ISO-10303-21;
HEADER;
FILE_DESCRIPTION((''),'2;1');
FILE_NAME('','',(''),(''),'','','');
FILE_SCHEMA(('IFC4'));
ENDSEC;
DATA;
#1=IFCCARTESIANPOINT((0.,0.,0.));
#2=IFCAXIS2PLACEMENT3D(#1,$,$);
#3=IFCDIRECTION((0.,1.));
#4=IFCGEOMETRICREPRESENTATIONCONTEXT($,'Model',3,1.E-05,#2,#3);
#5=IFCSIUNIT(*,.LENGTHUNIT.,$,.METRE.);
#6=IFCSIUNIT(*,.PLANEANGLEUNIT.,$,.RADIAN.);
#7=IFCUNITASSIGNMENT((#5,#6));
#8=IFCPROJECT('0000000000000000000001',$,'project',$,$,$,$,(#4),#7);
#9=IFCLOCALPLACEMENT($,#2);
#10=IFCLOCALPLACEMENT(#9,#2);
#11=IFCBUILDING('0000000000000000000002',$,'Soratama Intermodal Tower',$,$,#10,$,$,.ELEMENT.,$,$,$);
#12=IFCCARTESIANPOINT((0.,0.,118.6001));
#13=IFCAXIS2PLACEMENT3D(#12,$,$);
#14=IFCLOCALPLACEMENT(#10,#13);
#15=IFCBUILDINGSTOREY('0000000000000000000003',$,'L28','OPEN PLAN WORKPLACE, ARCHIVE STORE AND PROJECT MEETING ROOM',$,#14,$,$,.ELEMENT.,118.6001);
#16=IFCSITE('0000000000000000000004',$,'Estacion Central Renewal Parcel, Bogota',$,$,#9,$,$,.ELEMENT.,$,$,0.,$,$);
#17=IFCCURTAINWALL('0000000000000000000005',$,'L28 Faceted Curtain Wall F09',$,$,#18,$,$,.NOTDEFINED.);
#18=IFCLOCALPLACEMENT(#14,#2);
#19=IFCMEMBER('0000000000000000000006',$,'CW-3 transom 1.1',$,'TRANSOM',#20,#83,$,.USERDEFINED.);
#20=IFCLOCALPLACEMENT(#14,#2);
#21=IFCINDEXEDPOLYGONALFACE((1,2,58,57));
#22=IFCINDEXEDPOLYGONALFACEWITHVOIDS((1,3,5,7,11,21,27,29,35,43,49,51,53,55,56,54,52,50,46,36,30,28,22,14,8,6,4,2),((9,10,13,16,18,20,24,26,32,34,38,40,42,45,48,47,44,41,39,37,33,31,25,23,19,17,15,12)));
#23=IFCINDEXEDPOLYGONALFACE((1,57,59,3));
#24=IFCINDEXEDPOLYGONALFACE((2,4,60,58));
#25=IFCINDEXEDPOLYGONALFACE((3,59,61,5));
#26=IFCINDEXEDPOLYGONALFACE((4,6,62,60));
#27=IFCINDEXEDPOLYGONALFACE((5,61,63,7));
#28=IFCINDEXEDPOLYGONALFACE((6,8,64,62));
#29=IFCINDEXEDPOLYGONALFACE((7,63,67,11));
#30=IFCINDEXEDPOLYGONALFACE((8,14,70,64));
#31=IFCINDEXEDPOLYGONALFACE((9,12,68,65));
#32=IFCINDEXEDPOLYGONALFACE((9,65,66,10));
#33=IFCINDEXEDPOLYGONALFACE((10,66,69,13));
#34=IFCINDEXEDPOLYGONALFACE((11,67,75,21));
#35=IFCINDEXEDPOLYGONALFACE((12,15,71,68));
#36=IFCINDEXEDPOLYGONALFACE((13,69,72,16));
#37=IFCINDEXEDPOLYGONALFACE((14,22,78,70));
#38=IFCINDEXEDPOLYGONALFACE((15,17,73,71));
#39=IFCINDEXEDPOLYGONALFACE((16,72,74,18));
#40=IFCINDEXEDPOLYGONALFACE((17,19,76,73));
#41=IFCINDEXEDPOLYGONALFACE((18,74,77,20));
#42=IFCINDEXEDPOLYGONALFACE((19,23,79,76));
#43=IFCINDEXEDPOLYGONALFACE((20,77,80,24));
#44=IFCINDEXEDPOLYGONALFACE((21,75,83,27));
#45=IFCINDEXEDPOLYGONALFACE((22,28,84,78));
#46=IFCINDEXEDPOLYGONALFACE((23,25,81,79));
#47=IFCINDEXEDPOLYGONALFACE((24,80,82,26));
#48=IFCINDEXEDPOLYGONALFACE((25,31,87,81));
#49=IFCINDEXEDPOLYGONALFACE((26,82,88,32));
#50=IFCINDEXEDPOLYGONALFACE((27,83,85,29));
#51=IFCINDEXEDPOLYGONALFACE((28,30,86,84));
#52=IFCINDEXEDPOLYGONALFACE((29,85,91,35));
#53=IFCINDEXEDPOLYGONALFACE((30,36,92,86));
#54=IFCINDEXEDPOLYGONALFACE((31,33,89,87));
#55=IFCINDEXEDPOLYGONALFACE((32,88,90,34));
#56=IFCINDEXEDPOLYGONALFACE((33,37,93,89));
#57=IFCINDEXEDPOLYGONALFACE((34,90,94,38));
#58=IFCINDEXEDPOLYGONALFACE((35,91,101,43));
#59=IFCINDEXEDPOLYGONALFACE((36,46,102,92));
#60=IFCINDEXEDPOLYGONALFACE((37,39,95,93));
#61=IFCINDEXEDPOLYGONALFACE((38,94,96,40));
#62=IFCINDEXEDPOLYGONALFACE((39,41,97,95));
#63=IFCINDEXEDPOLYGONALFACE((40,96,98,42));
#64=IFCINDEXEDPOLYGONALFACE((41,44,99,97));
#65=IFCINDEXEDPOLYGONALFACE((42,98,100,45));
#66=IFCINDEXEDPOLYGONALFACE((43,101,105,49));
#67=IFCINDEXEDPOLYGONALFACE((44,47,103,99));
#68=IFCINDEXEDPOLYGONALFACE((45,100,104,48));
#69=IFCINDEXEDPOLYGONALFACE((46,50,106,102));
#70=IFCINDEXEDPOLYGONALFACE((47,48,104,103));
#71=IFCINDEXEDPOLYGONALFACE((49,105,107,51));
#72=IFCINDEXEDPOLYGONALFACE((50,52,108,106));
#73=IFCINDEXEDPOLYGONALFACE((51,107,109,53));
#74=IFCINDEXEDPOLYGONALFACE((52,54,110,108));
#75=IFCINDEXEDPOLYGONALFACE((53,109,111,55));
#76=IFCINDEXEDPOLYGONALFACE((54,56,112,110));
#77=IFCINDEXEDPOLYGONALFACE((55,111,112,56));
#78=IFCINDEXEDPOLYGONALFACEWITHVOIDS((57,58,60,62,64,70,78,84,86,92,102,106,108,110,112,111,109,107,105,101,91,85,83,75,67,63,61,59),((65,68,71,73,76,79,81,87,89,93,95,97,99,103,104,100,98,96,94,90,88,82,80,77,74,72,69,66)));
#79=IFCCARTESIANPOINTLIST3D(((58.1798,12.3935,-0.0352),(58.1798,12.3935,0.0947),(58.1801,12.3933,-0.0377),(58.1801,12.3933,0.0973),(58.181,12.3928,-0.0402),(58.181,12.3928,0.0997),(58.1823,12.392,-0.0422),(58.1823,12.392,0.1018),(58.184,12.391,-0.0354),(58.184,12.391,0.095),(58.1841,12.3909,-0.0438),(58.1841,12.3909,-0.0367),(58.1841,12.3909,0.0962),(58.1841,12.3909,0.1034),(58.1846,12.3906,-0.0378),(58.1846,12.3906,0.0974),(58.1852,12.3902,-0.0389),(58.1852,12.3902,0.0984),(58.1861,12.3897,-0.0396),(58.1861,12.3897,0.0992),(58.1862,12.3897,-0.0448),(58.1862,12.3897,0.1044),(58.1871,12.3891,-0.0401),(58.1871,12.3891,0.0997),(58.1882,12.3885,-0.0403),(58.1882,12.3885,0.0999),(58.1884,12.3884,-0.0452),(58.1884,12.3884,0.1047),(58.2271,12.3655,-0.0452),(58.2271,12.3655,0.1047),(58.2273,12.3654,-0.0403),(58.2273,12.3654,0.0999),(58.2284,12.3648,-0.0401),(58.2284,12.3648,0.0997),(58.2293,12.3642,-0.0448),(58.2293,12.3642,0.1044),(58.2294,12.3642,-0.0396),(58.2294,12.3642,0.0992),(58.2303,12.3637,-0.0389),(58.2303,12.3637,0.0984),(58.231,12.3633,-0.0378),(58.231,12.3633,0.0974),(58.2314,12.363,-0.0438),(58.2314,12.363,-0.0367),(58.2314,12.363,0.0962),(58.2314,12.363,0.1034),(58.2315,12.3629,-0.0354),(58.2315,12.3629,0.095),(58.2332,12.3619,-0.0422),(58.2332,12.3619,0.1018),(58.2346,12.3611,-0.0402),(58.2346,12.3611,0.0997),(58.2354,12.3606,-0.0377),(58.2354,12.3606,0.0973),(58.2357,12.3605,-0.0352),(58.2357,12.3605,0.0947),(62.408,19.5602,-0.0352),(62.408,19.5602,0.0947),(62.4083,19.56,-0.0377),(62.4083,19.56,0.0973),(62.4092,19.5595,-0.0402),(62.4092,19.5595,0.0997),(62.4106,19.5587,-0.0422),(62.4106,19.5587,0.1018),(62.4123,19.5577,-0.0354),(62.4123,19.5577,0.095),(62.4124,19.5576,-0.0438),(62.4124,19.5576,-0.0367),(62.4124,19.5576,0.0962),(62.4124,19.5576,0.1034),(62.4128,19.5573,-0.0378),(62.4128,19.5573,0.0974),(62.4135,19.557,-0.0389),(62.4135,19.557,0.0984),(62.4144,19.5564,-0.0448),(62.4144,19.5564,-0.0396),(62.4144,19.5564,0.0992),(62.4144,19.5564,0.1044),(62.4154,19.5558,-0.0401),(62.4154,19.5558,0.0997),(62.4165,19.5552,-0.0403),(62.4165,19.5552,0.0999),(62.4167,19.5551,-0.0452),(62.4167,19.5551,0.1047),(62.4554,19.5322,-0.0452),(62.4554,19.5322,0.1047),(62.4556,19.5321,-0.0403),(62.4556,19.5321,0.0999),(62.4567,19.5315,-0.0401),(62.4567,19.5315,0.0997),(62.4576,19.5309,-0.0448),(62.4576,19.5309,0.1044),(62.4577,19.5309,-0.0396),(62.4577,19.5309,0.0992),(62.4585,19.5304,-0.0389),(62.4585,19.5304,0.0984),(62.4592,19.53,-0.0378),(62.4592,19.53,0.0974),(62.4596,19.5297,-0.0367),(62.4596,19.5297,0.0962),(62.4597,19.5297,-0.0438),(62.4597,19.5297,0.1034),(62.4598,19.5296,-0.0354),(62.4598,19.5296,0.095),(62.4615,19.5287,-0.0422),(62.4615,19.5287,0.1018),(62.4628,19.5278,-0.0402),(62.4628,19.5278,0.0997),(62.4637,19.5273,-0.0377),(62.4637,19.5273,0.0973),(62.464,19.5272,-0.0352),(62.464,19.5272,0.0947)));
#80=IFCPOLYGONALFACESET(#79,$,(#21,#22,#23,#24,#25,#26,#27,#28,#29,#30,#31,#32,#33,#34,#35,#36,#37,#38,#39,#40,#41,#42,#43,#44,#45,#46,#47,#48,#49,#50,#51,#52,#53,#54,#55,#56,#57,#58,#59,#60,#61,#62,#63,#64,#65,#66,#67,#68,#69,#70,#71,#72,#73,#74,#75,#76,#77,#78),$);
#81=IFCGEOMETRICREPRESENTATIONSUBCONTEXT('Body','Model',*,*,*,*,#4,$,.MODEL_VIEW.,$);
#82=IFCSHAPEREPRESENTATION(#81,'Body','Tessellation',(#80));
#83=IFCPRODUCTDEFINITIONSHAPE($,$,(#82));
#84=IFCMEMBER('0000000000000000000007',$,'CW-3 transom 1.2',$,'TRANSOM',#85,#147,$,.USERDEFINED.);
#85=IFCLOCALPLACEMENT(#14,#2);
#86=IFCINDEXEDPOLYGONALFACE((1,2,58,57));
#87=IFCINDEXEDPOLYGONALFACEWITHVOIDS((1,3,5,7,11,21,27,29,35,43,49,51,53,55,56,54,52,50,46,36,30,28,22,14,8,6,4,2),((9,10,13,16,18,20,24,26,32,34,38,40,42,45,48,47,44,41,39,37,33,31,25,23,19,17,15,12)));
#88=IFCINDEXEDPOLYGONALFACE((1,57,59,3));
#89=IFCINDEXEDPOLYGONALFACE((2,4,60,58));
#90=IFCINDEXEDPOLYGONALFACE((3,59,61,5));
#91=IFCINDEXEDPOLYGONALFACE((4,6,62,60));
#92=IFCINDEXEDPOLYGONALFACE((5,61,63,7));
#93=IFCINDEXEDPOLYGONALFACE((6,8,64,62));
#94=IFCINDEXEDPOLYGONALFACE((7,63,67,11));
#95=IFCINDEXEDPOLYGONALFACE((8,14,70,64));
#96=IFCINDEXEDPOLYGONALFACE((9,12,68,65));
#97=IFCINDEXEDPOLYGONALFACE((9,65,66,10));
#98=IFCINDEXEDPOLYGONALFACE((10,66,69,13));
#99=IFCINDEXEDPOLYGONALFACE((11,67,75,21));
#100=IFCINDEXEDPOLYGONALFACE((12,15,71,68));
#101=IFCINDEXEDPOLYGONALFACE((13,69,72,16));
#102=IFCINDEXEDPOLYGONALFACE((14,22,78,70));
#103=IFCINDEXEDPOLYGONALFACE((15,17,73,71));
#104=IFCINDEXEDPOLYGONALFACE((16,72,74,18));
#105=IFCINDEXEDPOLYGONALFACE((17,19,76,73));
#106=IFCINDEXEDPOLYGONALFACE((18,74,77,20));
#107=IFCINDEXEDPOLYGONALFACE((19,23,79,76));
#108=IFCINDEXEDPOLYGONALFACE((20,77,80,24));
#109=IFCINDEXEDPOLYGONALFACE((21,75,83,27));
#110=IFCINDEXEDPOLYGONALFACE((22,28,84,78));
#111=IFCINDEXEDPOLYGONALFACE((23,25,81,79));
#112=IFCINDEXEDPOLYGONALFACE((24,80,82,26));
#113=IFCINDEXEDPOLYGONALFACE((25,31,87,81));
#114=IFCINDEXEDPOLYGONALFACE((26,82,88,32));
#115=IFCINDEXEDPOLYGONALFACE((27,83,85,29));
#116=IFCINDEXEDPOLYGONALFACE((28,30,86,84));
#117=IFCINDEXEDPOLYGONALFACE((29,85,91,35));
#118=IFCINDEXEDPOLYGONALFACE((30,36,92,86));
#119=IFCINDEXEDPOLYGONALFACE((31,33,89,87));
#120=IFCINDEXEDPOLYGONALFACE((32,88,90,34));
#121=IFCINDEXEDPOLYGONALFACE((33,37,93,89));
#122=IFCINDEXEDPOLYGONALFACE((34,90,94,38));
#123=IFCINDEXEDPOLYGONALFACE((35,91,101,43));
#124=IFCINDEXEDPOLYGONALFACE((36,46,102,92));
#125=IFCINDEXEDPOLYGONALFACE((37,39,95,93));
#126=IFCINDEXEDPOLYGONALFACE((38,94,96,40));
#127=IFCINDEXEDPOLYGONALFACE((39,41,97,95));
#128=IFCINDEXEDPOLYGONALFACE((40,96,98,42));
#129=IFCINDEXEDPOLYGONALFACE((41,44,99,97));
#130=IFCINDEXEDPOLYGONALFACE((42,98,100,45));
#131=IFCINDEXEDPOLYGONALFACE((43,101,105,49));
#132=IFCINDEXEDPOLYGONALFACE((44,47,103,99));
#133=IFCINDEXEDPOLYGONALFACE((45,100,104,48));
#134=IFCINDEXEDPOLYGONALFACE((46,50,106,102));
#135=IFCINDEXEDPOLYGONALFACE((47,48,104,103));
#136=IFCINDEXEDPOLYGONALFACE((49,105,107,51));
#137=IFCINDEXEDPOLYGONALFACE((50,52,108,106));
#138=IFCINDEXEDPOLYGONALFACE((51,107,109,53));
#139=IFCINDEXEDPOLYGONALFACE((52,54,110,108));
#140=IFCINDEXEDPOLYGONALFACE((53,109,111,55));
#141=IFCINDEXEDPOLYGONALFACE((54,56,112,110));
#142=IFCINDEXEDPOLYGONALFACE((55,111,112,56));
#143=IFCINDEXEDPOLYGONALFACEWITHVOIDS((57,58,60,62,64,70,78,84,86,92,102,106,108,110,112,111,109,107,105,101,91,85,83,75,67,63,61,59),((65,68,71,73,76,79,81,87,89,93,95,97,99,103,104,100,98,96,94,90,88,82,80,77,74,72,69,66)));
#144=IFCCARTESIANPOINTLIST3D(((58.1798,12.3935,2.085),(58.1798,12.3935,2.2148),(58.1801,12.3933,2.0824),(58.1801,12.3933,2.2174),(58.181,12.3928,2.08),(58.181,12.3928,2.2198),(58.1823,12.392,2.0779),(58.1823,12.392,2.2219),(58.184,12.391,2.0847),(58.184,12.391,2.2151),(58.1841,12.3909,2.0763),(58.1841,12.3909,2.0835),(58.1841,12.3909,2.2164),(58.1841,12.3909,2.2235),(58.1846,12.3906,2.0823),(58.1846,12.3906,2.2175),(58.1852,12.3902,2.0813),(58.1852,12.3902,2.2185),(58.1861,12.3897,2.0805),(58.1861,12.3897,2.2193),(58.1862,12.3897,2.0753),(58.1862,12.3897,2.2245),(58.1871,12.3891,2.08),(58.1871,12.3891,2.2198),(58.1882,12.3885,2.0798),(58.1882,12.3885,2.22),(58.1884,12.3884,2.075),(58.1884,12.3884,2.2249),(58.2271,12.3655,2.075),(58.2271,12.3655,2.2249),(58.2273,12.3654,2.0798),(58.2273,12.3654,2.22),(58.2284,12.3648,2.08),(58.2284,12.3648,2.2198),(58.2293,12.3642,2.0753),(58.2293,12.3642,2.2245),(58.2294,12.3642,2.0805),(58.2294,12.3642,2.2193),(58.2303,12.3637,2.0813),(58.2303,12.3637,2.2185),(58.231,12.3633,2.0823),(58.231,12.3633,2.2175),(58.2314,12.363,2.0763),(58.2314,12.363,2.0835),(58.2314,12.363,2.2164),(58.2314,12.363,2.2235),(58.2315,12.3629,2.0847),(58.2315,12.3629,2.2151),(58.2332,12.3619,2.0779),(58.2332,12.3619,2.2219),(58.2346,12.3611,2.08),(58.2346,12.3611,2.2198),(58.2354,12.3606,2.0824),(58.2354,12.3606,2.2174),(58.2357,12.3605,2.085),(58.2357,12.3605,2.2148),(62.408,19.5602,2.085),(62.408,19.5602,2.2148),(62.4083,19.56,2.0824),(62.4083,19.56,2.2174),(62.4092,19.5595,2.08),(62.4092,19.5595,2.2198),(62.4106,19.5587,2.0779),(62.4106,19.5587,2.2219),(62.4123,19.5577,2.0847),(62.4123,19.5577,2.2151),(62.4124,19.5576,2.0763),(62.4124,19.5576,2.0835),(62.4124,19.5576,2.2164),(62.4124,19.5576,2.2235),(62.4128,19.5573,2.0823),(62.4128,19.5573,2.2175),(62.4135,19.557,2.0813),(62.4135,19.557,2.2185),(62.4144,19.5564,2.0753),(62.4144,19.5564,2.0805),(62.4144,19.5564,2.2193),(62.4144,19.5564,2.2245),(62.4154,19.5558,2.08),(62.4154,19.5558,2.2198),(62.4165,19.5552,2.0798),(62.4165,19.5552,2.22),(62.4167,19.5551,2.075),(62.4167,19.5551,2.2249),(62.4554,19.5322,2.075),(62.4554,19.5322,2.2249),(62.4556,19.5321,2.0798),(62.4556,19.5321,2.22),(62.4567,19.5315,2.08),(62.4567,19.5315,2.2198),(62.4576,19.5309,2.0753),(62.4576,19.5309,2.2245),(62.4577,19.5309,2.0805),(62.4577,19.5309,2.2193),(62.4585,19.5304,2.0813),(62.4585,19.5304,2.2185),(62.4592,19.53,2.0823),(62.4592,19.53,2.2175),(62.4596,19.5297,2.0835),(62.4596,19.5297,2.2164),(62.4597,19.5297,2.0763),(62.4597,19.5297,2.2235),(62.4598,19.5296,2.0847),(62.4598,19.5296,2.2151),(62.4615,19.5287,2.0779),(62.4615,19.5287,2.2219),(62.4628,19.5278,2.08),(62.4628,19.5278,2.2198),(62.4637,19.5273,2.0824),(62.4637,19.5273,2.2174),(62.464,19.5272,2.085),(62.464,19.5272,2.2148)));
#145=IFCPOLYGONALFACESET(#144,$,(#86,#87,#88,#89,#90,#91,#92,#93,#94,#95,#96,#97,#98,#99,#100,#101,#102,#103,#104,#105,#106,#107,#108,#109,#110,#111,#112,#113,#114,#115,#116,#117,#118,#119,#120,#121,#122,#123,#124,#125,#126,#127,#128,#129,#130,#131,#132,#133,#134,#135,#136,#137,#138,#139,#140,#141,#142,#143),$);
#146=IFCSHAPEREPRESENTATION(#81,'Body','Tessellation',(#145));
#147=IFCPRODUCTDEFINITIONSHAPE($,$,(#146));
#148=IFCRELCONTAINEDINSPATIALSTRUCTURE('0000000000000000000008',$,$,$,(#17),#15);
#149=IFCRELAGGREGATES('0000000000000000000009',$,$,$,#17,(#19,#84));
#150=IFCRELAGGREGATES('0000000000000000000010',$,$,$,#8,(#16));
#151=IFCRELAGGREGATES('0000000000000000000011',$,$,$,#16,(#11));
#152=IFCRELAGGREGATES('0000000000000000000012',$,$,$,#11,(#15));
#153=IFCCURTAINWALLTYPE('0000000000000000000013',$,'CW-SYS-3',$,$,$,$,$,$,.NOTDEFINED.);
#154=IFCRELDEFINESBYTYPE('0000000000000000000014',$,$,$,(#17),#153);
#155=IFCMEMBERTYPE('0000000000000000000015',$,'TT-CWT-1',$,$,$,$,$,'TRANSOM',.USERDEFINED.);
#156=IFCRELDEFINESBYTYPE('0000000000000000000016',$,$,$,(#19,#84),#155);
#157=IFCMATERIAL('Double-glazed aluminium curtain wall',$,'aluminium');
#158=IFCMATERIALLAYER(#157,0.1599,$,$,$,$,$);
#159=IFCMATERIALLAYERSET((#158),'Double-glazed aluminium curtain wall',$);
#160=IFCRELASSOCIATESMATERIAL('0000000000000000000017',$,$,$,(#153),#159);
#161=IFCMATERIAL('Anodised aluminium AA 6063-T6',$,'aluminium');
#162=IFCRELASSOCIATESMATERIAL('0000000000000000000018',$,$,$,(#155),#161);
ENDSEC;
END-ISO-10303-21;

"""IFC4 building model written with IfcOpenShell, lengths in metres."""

from ifc_helpers import new_model, si_unit, direction, frame, origin, origin_2d, place, context, subcontext, project, spatial, hollow_rectangle, extrude, material, layer, layer_set, material_profile, profile_set, type_object, element, aggregate, save


model = new_model("IFC4")

# Units and contexts
model_context = context("Model", 3, precision=1e-05, world=origin(), true_north=direction((0.0, 1.0)))
body_context = subcontext(model_context, "Body", "Model", "MODEL_VIEW")
ifc_project = project(units=[si_unit("LENGTHUNIT", "METRE"), si_unit("PLANEANGLEUNIT", "RADIAN")], contexts=[model_context])

# Site, building, storey
site_placement = place(None, origin())
site = spatial("IfcSite", under=ifc_project, at=site_placement, Name="Estacion Central Renewal Parcel, Bogota", CompositionType="ELEMENT", RefElevation=0.0)
building_placement = place(site_placement, origin())
building = spatial("IfcBuilding", under=site, at=building_placement, Name="Soratama Intermodal Tower", CompositionType="ELEMENT")
storey_placement = place(building_placement, frame((0.0, 0.0, 118.6001)))
storey = spatial("IfcBuildingStorey", under=building, at=storey_placement, Name="L28", Description="OPEN PLAN WORKPLACE, ARCHIVE STORE AND PROJECT MEETING ROOM", CompositionType="ELEMENT", Elevation=118.6001)

# Shared definitions
ifc_material_1 = material(Name="Double-glazed aluminium curtain wall", Category="aluminium")
ifc_layer_1 = layer(ifc_material_1, 0.1599)
ifc_layer_set_1 = layer_set([ifc_layer_1], Name="Double-glazed aluminium curtain wall")
curtain_wall_type = type_object("IfcCurtainWallType", Name="CW-SYS-3", PredefinedType="NOTDEFINED", material=ifc_layer_set_1)

# Curtain wall, members
curtain_wall_1_placement = place(storey_placement, origin())
curtain_wall_1 = element("IfcCurtainWall", 1, at=curtain_wall_1_placement, inside=storey, type_object=curtain_wall_type, Name="L28 Faceted Curtain Wall F09", PredefinedType="NOTDEFINED")
ifc_material_2 = material(Name="Anodised aluminium AA 6063-T6", Category="aluminium")
ifc_material_profile_1 = material_profile(ifc_material_2, hollow_rectangle(XDim=0.0649, YDim=0.1499, WallThickness=0.0049, InnerFilletRadius=0.0049, OuterFilletRadius=0.01, at=origin_2d()), Name="CWT150X65X5")
ifc_profile_set_1 = profile_set([ifc_material_profile_1], Name="Anodised aluminium AA 6063-T6")
member_type_1 = type_object("IfcMemberType", Name="TT-CWT-1", ElementType="TRANSOM", PredefinedType="USERDEFINED", material=ifc_profile_set_1)
member_1_placement = place(storey_placement, frame((58.2078, 12.377, 0.0298), z_axis=(0.508139, 0.861275, 0.0), x_axis=(-0.861275, 0.508139, 0.0)))
member_1 = element("IfcMember", 2, at=member_1_placement, type_object=member_type_1, Name="CW-3 transom 1.1", ObjectType="TRANSOM", PredefinedType="USERDEFINED", context=body_context, shape_type="SweptSolid", body=[
    extrude(hollow_rectangle(XDim=0.0649, YDim=0.1499, WallThickness=0.0049, InnerFilletRadius=0.0049, OuterFilletRadius=0.01, at=origin_2d()), origin(), (0.0, 0.0, 1.0), 8.321),
])
member_2_placement = place(storey_placement, frame((58.2078, 12.377, 2.1499), z_axis=(0.508139, 0.861275, 0.0), x_axis=(-0.861275, 0.508139, 0.0)))
member_2 = element("IfcMember", 3, at=member_2_placement, type_object=member_type_1, Name="CW-3 transom 1.2", ObjectType="TRANSOM", PredefinedType="USERDEFINED", context=body_context, shape_type="SweptSolid", body=[
    extrude(hollow_rectangle(XDim=0.0649, YDim=0.1499, WallThickness=0.0049, InnerFilletRadius=0.0049, OuterFilletRadius=0.01, at=origin_2d()), origin(), (0.0, 0.0, 1.0), 8.321),
])
aggregate(curtain_wall_1, [member_1, member_2])

save(model, "model.ifc")
